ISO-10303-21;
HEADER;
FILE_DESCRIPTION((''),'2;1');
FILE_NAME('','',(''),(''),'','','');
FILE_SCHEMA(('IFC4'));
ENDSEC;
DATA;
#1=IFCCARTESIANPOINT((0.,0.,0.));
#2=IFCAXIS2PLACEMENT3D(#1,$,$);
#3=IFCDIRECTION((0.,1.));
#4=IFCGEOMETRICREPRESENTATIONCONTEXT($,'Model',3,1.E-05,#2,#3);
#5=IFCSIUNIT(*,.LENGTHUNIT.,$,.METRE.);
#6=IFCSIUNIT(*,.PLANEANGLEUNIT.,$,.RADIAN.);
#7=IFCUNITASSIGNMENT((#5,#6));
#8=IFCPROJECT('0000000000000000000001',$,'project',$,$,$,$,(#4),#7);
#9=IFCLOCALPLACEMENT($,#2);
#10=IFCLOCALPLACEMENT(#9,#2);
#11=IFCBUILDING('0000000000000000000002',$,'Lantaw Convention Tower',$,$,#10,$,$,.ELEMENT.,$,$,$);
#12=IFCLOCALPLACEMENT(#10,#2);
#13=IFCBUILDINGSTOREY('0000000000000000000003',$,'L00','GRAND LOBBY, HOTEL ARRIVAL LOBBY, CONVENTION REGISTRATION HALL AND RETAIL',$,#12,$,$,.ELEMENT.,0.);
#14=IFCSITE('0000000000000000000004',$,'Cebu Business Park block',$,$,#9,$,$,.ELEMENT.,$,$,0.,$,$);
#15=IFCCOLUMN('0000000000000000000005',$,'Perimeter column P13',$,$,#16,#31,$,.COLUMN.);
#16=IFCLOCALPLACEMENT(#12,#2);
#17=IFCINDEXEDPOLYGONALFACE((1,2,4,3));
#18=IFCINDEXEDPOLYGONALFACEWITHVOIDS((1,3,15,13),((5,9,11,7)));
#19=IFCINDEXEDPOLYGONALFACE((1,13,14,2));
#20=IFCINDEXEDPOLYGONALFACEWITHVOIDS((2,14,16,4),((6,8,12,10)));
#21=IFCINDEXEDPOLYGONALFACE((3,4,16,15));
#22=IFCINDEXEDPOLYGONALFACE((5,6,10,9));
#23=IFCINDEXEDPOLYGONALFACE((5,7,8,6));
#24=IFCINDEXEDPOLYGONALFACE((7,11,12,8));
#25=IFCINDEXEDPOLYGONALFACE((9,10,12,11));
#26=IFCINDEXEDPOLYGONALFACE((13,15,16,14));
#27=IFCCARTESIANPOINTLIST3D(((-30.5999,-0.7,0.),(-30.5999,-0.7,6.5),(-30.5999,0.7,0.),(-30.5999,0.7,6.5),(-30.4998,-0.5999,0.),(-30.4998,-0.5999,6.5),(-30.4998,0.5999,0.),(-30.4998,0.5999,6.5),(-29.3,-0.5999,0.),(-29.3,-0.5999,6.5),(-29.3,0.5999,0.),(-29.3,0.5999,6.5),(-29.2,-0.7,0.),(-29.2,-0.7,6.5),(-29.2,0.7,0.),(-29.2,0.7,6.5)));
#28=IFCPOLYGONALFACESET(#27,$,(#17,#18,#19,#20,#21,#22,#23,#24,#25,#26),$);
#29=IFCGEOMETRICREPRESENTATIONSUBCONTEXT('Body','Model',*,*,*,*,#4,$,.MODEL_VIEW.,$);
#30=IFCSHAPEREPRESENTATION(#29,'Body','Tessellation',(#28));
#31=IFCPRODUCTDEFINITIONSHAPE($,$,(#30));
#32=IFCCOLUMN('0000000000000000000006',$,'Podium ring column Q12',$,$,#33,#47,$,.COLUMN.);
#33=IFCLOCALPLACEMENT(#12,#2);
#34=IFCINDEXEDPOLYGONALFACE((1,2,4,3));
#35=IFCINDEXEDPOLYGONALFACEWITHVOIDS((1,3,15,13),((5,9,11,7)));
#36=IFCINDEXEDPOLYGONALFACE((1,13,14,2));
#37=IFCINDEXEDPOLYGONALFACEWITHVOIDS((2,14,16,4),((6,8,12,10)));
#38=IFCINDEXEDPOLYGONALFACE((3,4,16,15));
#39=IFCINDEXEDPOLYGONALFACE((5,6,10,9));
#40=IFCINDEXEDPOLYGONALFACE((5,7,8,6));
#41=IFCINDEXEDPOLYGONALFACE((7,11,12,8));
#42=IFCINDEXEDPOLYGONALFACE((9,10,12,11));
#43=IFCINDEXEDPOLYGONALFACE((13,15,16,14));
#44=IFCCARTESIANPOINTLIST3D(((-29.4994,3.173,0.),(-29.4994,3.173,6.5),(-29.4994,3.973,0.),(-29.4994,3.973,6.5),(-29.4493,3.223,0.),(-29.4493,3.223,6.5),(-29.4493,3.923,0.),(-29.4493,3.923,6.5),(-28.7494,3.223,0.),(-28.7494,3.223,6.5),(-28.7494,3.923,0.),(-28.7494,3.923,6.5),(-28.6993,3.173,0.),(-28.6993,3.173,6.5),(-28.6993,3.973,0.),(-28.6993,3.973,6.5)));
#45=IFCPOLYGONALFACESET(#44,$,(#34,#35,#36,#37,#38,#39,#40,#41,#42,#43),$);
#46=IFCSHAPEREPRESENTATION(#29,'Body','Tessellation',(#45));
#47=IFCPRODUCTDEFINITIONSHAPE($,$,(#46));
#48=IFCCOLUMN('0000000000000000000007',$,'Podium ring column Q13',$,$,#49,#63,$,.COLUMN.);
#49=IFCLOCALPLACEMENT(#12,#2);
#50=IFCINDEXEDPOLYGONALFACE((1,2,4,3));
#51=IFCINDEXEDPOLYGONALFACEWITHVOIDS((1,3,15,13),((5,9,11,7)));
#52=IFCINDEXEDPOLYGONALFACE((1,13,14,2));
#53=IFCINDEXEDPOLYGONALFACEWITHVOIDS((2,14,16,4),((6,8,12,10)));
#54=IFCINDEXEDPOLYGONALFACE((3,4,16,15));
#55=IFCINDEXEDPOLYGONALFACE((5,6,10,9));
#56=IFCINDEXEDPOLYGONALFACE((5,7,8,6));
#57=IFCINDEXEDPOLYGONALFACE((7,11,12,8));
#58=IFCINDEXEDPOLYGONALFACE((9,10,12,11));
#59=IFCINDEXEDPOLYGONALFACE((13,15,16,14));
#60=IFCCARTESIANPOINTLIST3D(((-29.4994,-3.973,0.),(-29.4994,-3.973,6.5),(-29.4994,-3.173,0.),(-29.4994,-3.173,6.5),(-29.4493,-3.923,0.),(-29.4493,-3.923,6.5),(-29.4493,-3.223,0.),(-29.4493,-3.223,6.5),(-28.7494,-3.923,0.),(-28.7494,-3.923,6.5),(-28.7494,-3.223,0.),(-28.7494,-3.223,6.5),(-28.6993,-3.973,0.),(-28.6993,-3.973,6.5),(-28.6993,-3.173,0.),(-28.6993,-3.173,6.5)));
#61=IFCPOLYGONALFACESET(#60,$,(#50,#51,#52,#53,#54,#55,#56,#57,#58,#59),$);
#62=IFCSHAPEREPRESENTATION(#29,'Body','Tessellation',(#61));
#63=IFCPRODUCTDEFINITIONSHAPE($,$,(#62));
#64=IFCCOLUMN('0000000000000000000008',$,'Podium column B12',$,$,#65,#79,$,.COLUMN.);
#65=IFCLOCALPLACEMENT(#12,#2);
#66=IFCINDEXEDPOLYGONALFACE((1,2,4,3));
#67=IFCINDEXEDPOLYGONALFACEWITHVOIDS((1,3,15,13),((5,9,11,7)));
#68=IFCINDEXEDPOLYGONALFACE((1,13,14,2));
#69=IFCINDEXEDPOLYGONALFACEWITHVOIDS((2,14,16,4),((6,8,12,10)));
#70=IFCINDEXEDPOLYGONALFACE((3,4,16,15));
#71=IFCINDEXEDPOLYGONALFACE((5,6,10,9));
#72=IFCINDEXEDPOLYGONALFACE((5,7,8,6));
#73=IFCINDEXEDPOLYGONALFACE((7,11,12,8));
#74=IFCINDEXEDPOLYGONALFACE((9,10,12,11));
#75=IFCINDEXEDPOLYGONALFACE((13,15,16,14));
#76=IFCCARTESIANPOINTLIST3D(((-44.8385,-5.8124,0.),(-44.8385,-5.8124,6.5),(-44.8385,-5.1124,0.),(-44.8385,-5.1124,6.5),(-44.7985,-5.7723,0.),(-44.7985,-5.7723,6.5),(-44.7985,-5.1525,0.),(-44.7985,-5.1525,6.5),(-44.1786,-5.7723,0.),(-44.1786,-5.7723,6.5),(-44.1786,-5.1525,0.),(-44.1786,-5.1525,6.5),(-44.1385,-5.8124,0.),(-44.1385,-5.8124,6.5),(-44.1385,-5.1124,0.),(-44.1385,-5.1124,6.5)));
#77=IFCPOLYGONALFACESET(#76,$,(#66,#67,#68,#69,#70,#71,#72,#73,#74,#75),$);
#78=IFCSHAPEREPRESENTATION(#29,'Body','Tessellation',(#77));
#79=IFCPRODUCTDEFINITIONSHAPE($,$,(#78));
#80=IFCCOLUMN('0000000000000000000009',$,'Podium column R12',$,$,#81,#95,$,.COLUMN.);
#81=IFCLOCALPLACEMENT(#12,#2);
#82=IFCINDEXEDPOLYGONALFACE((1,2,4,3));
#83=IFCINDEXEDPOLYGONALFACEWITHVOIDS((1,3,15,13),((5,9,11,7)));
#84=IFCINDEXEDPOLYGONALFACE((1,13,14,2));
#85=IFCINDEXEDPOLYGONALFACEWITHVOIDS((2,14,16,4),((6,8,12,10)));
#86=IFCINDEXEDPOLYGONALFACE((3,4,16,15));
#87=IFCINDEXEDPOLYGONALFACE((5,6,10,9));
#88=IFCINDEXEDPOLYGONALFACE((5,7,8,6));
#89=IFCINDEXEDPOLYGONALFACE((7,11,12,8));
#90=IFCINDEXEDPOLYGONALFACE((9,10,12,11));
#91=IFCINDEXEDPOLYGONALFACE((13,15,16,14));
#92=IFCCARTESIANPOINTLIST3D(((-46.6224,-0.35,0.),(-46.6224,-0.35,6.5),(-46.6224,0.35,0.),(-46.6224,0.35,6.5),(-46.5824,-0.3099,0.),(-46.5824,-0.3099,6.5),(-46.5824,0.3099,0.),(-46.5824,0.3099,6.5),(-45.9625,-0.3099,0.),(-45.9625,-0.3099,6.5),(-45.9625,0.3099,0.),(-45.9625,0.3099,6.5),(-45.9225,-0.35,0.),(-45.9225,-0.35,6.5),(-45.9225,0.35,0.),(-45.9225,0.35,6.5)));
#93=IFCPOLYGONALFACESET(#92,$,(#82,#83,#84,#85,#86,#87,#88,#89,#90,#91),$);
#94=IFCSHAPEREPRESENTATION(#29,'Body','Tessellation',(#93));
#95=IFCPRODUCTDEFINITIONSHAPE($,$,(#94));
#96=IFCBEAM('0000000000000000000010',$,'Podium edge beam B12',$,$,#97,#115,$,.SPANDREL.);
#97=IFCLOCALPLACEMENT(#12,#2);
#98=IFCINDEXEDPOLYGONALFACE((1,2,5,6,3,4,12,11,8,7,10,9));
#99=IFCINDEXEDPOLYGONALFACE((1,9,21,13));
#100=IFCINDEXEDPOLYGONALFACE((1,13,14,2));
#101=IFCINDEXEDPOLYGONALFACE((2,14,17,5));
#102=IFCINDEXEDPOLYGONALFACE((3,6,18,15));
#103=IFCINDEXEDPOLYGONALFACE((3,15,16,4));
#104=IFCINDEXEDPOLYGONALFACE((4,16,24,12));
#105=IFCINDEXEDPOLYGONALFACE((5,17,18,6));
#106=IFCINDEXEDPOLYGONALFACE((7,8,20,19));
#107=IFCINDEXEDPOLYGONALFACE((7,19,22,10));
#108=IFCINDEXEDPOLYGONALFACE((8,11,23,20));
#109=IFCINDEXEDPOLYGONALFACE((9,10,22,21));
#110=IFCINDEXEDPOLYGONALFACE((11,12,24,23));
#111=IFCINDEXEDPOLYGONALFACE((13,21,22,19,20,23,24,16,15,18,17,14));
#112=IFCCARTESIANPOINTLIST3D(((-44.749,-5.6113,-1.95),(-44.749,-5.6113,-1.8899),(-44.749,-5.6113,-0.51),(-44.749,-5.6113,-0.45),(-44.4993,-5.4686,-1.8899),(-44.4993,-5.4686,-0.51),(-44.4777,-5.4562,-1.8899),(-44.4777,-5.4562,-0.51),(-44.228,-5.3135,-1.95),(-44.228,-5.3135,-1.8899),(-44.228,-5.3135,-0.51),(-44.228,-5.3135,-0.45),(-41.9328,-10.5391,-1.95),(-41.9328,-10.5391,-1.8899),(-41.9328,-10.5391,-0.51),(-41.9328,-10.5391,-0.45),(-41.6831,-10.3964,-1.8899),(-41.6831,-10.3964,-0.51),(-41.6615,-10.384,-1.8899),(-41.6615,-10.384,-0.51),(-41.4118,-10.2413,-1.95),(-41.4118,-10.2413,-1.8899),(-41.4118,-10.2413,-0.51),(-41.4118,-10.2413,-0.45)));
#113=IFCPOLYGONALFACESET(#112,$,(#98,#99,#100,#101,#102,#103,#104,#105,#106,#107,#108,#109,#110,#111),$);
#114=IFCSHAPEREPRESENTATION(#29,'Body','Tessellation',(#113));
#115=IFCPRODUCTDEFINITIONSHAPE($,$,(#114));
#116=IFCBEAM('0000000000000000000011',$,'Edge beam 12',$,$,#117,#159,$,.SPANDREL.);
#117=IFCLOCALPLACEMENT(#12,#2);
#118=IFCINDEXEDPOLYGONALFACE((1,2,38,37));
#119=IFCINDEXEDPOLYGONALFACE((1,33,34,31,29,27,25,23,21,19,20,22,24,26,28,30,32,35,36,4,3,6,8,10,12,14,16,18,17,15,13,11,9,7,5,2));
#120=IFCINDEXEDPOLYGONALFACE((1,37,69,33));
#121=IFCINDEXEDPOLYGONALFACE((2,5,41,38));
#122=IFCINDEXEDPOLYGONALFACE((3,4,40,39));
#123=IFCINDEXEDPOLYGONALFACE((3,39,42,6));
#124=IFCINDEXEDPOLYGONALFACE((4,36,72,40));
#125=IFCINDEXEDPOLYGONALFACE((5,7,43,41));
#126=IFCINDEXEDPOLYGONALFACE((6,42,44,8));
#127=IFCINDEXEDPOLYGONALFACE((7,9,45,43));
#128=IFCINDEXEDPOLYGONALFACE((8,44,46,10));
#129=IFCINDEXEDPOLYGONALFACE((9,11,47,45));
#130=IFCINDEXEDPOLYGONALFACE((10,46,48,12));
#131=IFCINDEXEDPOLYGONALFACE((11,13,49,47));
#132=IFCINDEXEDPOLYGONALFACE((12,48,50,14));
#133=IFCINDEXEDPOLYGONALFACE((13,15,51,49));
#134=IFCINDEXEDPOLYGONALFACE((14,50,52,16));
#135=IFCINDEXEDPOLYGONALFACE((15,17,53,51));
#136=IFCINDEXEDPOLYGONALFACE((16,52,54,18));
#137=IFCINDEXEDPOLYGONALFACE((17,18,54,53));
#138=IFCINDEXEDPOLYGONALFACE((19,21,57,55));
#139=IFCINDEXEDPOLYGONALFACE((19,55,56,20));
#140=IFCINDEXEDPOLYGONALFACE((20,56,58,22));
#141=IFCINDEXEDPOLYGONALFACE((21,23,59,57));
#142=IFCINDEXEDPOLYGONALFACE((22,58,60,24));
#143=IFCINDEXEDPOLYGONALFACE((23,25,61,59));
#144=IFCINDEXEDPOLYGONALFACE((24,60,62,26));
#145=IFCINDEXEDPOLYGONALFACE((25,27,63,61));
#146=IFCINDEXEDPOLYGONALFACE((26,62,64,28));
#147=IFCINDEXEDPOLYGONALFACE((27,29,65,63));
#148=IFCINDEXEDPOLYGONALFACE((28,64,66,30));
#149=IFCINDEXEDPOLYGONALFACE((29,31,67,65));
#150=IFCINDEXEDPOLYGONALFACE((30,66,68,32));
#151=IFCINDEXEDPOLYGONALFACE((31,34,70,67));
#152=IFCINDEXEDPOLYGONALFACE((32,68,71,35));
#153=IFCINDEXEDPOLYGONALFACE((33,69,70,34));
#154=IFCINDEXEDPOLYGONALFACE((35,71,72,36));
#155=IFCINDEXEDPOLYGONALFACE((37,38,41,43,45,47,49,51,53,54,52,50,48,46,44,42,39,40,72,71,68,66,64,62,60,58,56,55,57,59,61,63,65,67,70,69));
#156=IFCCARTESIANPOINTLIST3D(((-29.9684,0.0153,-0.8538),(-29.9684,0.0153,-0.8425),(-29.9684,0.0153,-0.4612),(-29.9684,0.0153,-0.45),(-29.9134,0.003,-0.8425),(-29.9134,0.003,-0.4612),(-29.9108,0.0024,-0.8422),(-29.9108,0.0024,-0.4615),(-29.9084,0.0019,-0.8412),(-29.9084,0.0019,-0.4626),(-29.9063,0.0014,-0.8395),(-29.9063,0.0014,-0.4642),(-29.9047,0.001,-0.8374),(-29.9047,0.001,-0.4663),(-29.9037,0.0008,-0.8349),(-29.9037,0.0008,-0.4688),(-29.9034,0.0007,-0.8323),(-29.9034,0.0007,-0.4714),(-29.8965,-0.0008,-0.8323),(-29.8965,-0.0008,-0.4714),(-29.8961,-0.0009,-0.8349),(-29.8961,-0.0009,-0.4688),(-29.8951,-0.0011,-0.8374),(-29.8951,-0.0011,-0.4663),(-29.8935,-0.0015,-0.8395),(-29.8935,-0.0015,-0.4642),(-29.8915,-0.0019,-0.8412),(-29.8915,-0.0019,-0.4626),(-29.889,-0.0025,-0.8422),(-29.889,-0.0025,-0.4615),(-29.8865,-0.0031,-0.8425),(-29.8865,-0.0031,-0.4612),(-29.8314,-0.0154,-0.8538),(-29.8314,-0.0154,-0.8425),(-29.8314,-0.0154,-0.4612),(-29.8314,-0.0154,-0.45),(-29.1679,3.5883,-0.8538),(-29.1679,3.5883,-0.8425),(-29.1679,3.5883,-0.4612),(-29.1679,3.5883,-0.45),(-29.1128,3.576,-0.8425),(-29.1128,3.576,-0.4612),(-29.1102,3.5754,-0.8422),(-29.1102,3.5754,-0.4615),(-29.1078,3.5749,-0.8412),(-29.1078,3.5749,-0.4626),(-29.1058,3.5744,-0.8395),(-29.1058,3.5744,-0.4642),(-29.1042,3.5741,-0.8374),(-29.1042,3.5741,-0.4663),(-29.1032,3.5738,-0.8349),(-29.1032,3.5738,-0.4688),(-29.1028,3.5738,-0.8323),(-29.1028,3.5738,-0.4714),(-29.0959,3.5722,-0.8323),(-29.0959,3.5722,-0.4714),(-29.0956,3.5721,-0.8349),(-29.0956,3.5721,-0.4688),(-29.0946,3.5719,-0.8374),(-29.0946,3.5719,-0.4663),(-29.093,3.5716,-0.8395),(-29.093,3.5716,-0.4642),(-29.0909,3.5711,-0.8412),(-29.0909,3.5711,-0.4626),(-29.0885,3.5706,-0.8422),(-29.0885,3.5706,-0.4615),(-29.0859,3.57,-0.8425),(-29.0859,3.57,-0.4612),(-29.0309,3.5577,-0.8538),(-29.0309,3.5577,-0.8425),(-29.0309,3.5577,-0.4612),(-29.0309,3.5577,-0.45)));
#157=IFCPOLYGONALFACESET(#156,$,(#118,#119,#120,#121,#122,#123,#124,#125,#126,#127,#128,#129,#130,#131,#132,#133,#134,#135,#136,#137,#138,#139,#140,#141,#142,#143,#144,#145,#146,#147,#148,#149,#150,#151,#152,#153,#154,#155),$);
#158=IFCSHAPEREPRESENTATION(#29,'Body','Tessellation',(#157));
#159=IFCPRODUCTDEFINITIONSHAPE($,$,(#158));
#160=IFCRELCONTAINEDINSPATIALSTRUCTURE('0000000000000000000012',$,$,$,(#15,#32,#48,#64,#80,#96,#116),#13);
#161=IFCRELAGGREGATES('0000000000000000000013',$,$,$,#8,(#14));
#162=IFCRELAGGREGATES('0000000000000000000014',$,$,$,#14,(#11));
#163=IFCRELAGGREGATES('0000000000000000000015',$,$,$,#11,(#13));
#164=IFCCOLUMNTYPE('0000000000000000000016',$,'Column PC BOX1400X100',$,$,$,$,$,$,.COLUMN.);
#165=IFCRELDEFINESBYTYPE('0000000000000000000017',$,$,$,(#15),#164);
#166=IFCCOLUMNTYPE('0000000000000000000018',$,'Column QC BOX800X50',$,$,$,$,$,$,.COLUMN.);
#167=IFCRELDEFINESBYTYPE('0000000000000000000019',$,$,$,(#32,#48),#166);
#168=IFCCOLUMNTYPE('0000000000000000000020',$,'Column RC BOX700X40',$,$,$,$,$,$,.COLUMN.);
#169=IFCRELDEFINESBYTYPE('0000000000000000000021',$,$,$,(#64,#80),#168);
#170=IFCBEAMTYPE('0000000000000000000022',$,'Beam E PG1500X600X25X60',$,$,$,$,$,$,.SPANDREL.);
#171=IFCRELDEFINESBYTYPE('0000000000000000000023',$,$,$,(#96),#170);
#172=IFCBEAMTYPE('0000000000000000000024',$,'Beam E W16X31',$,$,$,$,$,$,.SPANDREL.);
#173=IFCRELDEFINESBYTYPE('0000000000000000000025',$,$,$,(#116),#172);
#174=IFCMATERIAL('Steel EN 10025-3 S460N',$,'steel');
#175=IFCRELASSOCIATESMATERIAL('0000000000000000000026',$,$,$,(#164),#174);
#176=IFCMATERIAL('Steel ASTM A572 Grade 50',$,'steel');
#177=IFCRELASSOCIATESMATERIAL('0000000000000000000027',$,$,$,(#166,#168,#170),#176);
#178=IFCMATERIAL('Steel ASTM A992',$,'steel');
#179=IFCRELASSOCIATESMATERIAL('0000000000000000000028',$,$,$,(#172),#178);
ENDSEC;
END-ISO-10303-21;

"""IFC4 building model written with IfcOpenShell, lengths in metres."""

from ifc_helpers import new_model, si_unit, direction, frame, origin, origin_2d, place, context, subcontext, project, spatial, rectangle, hollow_rectangle, i_section, extrude, material, material_profile, profile_set, type_object, element, save


model = new_model("IFC4")

# Units and contexts
model_context = context("Model", 3, precision=1e-05, world=origin(), true_north=direction((0.0, 1.0)))
body_context = subcontext(model_context, "Body", "Model", "MODEL_VIEW")
ifc_project = project(units=[si_unit("LENGTHUNIT", "METRE"), si_unit("PLANEANGLEUNIT", "RADIAN")], contexts=[model_context])

# Site, building, storey
site_placement = place(None, origin())
site = spatial("IfcSite", under=ifc_project, at=site_placement, Name="Cebu Business Park block", CompositionType="ELEMENT", RefElevation=0.0)
building_placement = place(site_placement, origin())
building = spatial("IfcBuilding", under=site, at=building_placement, Name="Lantaw Convention Tower", CompositionType="ELEMENT")
storey_placement = place(building_placement, origin())
storey = spatial("IfcBuildingStorey", under=building, at=storey_placement, Name="L00", Description="GRAND LOBBY, HOTEL ARRIVAL LOBBY, CONVENTION REGISTRATION HALL AND RETAIL", CompositionType="ELEMENT", Elevation=0.0)

# Columns
ifc_material_1 = material(Name="Steel EN 10025-3 S460N", Category="steel")
ifc_material_profile_1 = material_profile(ifc_material_1, hollow_rectangle(XDim=1.3999, YDim=1.3999, WallThickness=0.1001, at=origin_2d()), Name="BOX1400X100")
ifc_material_2 = material(Name="Concrete C60/75", Category="concrete")
ifc_material_profile_2 = material_profile(ifc_material_2, rectangle(XDim=1.2, YDim=1.2, at=origin_2d()), Name="Concrete fill of BOX1400X100")
ifc_profile_set_1 = profile_set([ifc_material_profile_1, ifc_material_profile_2], Name="Steel EN 10025-3 S460N")
column_type_1 = type_object("IfcColumnType", Name="Column PC BOX1400X100", PredefinedType="COLUMN", material=ifc_profile_set_1)
column_placement = place(storey_placement, frame((-29.8999, 0.0, 0.0), z_axis=(0.0, 0.0, 1.0), x_axis=(1.0, 0.0, 0.0)))
element("IfcColumn", 1, at=column_placement, inside=storey, type_object=column_type_1, Name="Perimeter column P13", PredefinedType="COLUMN", context=body_context, shape_type="SweptSolid", body=[
    extrude(hollow_rectangle(XDim=1.3999, YDim=1.3999, WallThickness=0.1001, at=origin_2d()), origin(), (0.0, 0.0, 1.0), 6.5),
])
ifc_material_3 = material(Name="Steel ASTM A572 Grade 50", Category="steel")
ifc_material_profile_3 = material_profile(ifc_material_3, hollow_rectangle(XDim=0.8, YDim=0.8, WallThickness=0.05, at=origin_2d()), Name="BOX800X50")
ifc_profile_set_2 = profile_set([ifc_material_profile_3], Name="Steel ASTM A572 Grade 50")
column_type_2 = type_object("IfcColumnType", Name="Column QC BOX800X50", PredefinedType="COLUMN", material=ifc_profile_set_2)
for number, where, z_axis, x_axis, name in (
    (2, (-29.0994, 3.573, 0.0), (0.0, 0.0, 1.0), (1.0, 0.0, 0.0), "Podium ring column Q12"),
    (3, (-29.0994, -3.573, 0.0), (0.0, 0.0, 1.0), (1.0, 0.0, 0.0), "Podium ring column Q13"),
):
    element("IfcColumn", number, at=place(storey_placement, frame(where, z_axis=z_axis, x_axis=x_axis)), inside=storey, type_object=column_type_2, Name=name, PredefinedType="COLUMN", context=body_context, shape_type="SweptSolid", body=[
        extrude(hollow_rectangle(XDim=0.8, YDim=0.8, WallThickness=0.05, at=origin_2d()), origin(), (0.0, 0.0, 1.0), 6.5),
    ])
ifc_material_profile_4 = material_profile(ifc_material_3, hollow_rectangle(XDim=0.7, YDim=0.7, WallThickness=0.04, at=origin_2d()), Name="BOX700X40")
ifc_profile_set_3 = profile_set([ifc_material_profile_4], Name="Steel ASTM A572 Grade 50")
column_type_3 = type_object("IfcColumnType", Name="Column RC BOX700X40", PredefinedType="COLUMN", material=ifc_profile_set_3)
for number, where, z_axis, x_axis, name in (
    (4, (-44.4885, -5.4624, 0.0), (0.0, 0.0, 1.0), (1.0, 0.0, 0.0), "Podium column B12"),
    (5, (-46.2725, 0.0, 0.0), (0.0, 0.0, 1.0), (1.0, 0.0, 0.0), "Podium column R12"),
):
    element("IfcColumn", number, at=place(storey_placement, frame(where, z_axis=z_axis, x_axis=x_axis)), inside=storey, type_object=column_type_3, Name=name, PredefinedType="COLUMN", context=body_context, shape_type="SweptSolid", body=[
        extrude(hollow_rectangle(XDim=0.7, YDim=0.7, WallThickness=0.04, at=origin_2d()), origin(), (0.0, 0.0, 1.0), 6.5),
    ])

# Beams
ifc_material_profile_5 = material_profile(ifc_material_3, i_section(OverallWidth=0.6001, OverallDepth=1.5, WebThickness=0.0249, FlangeThickness=0.0601, at=origin_2d()), Name="PG1500X600X25X60")
ifc_profile_set_4 = profile_set([ifc_material_profile_5], Name="Steel ASTM A572 Grade 50")
beam_type_1 = type_object("IfcBeamType", Name="Beam E PG1500X600X25X60", PredefinedType="SPANDREL", material=ifc_profile_set_4)
beam_1_placement = place(storey_placement, frame((-44.4885, -5.4624, -1.2), z_axis=(0.496181, -0.868219, 0.0), x_axis=(0.868219, 0.496181, 0.0)))
element("IfcBeam", 6, at=beam_1_placement, inside=storey, type_object=beam_type_1, Name="Podium edge beam B12", PredefinedType="SPANDREL", context=body_context, shape_type="SweptSolid", body=[
    extrude(i_section(OverallWidth=0.6001, OverallDepth=1.5, WebThickness=0.0249, FlangeThickness=0.0601, at=origin_2d()), origin(), (0.0, 0.0, 1.0), 5.6758),
])
ifc_material_4 = material(Name="Steel ASTM A992", Category="steel")
ifc_material_profile_6 = material_profile(ifc_material_4, i_section(OverallWidth=0.1404, OverallDepth=0.4038, WebThickness=0.0071, FlangeThickness=0.0112, FilletRadius=0.0103, at=origin_2d()), Name="W16X31")
ifc_profile_set_5 = profile_set([ifc_material_profile_6], Name="Steel ASTM A992")
beam_type_2 = type_object("IfcBeamType", Name="Beam E W16X31", PredefinedType="SPANDREL", material=ifc_profile_set_5)
for number, where, z_axis, x_axis, name in (
    (7, (-29.0994, 3.573, -0.6519), (-0.218632, -0.975807, 0.0), (0.975807, -0.218632, 0.0), "Edge beam 12"),
):
    element("IfcBeam", number, at=place(storey_placement, frame(where, z_axis=z_axis, x_axis=x_axis)), inside=storey, type_object=beam_type_2, Name=name, PredefinedType="SPANDREL", context=body_context, shape_type="SweptSolid", body=[
        extrude(i_section(OverallWidth=0.1404, OverallDepth=0.4038, WebThickness=0.0071, FlangeThickness=0.0112, FilletRadius=0.0103, at=origin_2d()), origin(), (0.0, 0.0, 1.0), 3.6616),
    ])

save(model, "model.ifc")
